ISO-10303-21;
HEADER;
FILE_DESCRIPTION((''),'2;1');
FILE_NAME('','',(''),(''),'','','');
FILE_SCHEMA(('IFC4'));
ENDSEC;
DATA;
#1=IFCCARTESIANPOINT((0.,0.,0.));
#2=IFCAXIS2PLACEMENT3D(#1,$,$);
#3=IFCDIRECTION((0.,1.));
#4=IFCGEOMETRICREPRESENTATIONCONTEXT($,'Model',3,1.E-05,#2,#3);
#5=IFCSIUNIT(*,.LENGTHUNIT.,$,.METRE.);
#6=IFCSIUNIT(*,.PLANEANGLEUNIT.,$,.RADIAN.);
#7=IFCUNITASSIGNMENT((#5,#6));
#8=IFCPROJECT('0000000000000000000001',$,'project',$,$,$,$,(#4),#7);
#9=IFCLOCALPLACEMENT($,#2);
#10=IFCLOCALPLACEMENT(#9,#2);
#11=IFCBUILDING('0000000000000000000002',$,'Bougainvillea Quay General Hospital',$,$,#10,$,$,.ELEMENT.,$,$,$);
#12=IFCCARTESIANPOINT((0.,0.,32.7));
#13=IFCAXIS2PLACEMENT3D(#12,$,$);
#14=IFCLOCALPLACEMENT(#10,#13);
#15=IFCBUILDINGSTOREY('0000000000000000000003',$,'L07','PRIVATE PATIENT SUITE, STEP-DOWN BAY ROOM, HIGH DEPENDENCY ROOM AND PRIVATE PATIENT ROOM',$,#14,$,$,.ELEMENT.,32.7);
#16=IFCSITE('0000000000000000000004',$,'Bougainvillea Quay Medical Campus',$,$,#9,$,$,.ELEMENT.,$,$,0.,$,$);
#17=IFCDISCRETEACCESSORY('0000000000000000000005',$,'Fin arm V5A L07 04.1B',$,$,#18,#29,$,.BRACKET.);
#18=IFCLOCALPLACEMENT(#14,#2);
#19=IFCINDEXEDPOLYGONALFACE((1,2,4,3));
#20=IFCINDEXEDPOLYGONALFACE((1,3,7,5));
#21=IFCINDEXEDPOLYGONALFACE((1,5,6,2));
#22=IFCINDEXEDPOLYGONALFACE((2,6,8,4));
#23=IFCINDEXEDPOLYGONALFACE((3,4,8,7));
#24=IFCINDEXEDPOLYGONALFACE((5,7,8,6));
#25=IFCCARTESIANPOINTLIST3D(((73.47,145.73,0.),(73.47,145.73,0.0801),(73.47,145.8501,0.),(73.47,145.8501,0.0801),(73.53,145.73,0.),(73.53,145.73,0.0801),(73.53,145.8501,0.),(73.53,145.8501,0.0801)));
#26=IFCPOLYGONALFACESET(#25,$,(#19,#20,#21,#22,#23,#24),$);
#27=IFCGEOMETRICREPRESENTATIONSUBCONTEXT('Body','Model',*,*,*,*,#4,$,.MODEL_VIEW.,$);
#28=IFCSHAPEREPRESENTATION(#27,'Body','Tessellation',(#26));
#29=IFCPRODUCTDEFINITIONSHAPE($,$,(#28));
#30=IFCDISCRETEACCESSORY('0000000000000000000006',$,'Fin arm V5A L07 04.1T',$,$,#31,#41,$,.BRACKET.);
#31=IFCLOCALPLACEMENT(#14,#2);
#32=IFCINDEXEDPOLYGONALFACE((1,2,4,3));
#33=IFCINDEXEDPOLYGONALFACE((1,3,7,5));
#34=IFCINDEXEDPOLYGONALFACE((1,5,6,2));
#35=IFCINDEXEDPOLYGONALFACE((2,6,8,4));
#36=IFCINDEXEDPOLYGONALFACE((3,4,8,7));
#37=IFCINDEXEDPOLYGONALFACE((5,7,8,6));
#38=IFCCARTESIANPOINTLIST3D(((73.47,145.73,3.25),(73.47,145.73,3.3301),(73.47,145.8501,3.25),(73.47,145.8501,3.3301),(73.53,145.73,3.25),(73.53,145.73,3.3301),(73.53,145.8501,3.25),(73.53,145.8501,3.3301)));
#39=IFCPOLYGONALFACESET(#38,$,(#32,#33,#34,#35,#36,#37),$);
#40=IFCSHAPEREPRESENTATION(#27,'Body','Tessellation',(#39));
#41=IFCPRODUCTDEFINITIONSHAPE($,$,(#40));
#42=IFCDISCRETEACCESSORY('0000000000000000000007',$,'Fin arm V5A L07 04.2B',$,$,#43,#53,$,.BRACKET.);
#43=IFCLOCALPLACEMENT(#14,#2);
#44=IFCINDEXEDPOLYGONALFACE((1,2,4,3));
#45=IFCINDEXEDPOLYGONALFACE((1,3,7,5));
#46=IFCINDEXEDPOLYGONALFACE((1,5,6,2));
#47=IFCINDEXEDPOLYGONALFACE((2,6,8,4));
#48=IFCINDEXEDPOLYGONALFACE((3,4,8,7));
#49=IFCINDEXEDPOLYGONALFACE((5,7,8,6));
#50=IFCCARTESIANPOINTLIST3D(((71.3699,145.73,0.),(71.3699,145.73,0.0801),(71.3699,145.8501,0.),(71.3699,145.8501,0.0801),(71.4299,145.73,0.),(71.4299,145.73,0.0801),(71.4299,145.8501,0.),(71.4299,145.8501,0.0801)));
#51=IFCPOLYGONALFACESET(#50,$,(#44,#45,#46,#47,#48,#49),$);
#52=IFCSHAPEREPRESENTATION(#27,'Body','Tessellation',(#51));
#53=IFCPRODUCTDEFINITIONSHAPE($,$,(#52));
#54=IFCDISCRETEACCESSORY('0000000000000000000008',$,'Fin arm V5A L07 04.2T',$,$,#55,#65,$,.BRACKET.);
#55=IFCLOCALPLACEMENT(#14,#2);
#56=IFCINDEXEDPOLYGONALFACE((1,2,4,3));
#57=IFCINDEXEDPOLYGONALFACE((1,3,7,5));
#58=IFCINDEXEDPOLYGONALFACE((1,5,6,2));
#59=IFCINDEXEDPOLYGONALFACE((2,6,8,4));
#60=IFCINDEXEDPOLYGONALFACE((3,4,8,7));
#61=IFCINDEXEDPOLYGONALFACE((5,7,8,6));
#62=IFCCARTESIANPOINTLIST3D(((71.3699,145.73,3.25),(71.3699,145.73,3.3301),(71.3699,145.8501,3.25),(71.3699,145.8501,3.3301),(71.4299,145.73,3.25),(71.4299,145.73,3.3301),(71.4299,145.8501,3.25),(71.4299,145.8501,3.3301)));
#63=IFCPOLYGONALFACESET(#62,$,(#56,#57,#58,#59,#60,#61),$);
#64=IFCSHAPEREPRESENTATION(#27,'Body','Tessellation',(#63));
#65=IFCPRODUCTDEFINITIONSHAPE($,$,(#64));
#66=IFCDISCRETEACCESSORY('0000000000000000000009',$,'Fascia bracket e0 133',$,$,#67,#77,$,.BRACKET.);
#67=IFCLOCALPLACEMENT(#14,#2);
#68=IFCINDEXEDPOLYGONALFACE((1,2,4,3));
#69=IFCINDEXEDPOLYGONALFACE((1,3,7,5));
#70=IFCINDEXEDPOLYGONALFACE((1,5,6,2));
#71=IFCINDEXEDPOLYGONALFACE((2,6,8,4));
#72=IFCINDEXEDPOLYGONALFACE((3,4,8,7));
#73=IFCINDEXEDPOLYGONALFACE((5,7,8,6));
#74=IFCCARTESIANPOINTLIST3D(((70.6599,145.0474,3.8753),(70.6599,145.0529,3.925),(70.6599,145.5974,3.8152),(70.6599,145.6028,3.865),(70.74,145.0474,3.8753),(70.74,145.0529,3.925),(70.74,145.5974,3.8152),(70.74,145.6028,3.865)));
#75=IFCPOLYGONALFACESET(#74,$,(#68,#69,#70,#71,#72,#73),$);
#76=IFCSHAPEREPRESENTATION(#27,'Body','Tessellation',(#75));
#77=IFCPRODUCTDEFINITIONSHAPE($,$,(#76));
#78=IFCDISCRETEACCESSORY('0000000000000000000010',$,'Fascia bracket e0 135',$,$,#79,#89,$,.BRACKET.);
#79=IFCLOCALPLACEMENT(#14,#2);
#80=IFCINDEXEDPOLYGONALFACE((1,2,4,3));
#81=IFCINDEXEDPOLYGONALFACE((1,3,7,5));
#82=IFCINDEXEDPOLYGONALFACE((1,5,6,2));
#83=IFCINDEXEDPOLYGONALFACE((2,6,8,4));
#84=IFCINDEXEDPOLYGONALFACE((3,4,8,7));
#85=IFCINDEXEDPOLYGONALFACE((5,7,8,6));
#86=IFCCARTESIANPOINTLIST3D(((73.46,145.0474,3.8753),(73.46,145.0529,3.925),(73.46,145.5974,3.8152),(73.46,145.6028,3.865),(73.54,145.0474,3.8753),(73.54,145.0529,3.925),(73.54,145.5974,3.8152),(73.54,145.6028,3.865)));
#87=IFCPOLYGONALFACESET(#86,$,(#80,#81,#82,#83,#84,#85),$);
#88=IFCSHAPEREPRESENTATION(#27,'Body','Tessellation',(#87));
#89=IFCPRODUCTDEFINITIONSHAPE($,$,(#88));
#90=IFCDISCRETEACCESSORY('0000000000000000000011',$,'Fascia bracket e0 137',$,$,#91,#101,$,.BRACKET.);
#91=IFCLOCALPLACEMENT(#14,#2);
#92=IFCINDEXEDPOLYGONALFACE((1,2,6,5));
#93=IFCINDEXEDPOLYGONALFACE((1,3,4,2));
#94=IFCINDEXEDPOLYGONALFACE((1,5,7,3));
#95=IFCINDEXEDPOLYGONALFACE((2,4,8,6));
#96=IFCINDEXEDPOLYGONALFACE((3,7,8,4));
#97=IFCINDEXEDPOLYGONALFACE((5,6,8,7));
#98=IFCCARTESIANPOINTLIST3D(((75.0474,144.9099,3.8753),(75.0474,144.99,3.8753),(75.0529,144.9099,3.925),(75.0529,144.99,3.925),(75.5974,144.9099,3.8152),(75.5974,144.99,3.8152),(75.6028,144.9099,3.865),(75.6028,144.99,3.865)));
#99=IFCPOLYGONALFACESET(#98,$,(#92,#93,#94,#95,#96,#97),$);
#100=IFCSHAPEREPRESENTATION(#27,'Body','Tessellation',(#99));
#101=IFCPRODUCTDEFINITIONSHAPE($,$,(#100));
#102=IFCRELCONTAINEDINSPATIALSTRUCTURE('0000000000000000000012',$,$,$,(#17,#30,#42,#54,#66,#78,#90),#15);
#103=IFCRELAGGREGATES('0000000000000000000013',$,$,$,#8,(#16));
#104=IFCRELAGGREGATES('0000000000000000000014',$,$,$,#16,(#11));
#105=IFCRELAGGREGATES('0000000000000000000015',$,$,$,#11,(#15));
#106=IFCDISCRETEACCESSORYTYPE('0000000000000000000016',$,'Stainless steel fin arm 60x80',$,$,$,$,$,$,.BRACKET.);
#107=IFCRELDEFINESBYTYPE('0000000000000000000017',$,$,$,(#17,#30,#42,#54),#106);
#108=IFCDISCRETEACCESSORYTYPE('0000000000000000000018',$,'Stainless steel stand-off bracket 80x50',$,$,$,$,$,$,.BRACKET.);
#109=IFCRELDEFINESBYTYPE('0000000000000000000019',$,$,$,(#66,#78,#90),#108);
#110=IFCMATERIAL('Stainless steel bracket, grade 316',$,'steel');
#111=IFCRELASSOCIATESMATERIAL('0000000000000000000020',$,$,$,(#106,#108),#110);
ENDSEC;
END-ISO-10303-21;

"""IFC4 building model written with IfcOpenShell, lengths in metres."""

from ifc_helpers import new_model, si_unit, direction, frame, origin, origin_2d, place, context, subcontext, project, spatial, rectangle, extrude, material, material_profile, profile_set, type_object, element, save


model = new_model("IFC4")

# Units and contexts
model_context = context("Model", 3, precision=1e-05, world=origin(), true_north=direction((0.0, 1.0)))
body_context = subcontext(model_context, "Body", "Model", "MODEL_VIEW")
ifc_project = project(units=[si_unit("LENGTHUNIT", "METRE"), si_unit("PLANEANGLEUNIT", "RADIAN")], contexts=[model_context])

# Site, building, storey
site_placement = place(None, origin())
site = spatial("IfcSite", under=ifc_project, at=site_placement, Name="Bougainvillea Quay Medical Campus", CompositionType="ELEMENT", RefElevation=0.0)
building_placement = place(site_placement, origin())
building = spatial("IfcBuilding", under=site, at=building_placement, Name="Bougainvillea Quay General Hospital", CompositionType="ELEMENT")
storey_placement = place(building_placement, frame((0.0, 0.0, 32.7)))
storey = spatial("IfcBuildingStorey", under=building, at=storey_placement, Name="L07", Description="PRIVATE PATIENT SUITE, STEP-DOWN BAY ROOM, HIGH DEPENDENCY ROOM AND PRIVATE PATIENT ROOM", CompositionType="ELEMENT", Elevation=32.7)

# Discrete accessories
ifc_material_1 = material(Name="Stainless steel bracket, grade 316", Category="steel")
discrete_accessory_type_1 = type_object("IfcDiscreteAccessoryType", Name="Stainless steel fin arm 60x80", PredefinedType="BRACKET", material=ifc_material_1)
for number, where, z_axis, x_axis, name in (
    (1, (73.5, 145.79, 0.0), (0.0, 0.0, 1.0), (0.0, -1.0, 0.0), "Fin arm V5A L07 04.1B"),
    (2, (73.5, 145.79, 3.25), (0.0, 0.0, 1.0), (0.0, -1.0, 0.0), "Fin arm V5A L07 04.1T"),
    (3, (71.3999, 145.79, 0.0), (0.0, 0.0, 1.0), (0.0, -1.0, 0.0), "Fin arm V5A L07 04.2B"),
    (4, (71.3999, 145.79, 3.25), (0.0, 0.0, 1.0), (0.0, -1.0, 0.0), "Fin arm V5A L07 04.2T"),
):
    element("IfcDiscreteAccessory", number, at=place(storey_placement, frame(where, z_axis=z_axis, x_axis=x_axis)), inside=storey, type_object=discrete_accessory_type_1, Name=name, PredefinedType="BRACKET", context=body_context, shape_type="SweptSolid", body=[
        extrude(rectangle(XDim=0.1201, YDim=0.0601, at=origin_2d()), origin(), (0.0, 0.0, 1.0), 0.0801),
    ])
ifc_material_profile_1 = material_profile(ifc_material_1, rectangle(XDim=0.0801, YDim=0.05, at=origin_2d()))
ifc_profile_set_1 = profile_set([ifc_material_profile_1], Name="Stainless steel bracket, grade 316")
discrete_accessory_type_2 = type_object("IfcDiscreteAccessoryType", Name="Stainless steel stand-off bracket 80x50", PredefinedType="BRACKET", material=ifc_profile_set_1)
for number, where, z_axis, x_axis, name in (
    (5, (70.7, 145.6001, 3.8401), (0.0, -0.994092, 0.108543), (1.0, 0.0, 0.0), "Fascia bracket e0 133"),
    (6, (73.5, 145.6001, 3.8401), (0.0, -0.994092, 0.108543), (1.0, 0.0, 0.0), "Fascia bracket e0 135"),
    (7, (75.6001, 144.95, 3.8401), (-0.994092, 0.0, 0.108543), (0.0, -1.0, 0.0), "Fascia bracket e0 137"),
):
    element("IfcDiscreteAccessory", number, at=place(storey_placement, frame(where, z_axis=z_axis, x_axis=x_axis)), inside=storey, type_object=discrete_accessory_type_2, Name=name, PredefinedType="BRACKET", context=body_context, shape_type="SweptSolid", body=[
        extrude(rectangle(XDim=0.0801, YDim=0.05, at=origin_2d()), origin(), (0.0, 0.0, 1.0), 0.5532),
    ])

save(model, "model.ifc")
